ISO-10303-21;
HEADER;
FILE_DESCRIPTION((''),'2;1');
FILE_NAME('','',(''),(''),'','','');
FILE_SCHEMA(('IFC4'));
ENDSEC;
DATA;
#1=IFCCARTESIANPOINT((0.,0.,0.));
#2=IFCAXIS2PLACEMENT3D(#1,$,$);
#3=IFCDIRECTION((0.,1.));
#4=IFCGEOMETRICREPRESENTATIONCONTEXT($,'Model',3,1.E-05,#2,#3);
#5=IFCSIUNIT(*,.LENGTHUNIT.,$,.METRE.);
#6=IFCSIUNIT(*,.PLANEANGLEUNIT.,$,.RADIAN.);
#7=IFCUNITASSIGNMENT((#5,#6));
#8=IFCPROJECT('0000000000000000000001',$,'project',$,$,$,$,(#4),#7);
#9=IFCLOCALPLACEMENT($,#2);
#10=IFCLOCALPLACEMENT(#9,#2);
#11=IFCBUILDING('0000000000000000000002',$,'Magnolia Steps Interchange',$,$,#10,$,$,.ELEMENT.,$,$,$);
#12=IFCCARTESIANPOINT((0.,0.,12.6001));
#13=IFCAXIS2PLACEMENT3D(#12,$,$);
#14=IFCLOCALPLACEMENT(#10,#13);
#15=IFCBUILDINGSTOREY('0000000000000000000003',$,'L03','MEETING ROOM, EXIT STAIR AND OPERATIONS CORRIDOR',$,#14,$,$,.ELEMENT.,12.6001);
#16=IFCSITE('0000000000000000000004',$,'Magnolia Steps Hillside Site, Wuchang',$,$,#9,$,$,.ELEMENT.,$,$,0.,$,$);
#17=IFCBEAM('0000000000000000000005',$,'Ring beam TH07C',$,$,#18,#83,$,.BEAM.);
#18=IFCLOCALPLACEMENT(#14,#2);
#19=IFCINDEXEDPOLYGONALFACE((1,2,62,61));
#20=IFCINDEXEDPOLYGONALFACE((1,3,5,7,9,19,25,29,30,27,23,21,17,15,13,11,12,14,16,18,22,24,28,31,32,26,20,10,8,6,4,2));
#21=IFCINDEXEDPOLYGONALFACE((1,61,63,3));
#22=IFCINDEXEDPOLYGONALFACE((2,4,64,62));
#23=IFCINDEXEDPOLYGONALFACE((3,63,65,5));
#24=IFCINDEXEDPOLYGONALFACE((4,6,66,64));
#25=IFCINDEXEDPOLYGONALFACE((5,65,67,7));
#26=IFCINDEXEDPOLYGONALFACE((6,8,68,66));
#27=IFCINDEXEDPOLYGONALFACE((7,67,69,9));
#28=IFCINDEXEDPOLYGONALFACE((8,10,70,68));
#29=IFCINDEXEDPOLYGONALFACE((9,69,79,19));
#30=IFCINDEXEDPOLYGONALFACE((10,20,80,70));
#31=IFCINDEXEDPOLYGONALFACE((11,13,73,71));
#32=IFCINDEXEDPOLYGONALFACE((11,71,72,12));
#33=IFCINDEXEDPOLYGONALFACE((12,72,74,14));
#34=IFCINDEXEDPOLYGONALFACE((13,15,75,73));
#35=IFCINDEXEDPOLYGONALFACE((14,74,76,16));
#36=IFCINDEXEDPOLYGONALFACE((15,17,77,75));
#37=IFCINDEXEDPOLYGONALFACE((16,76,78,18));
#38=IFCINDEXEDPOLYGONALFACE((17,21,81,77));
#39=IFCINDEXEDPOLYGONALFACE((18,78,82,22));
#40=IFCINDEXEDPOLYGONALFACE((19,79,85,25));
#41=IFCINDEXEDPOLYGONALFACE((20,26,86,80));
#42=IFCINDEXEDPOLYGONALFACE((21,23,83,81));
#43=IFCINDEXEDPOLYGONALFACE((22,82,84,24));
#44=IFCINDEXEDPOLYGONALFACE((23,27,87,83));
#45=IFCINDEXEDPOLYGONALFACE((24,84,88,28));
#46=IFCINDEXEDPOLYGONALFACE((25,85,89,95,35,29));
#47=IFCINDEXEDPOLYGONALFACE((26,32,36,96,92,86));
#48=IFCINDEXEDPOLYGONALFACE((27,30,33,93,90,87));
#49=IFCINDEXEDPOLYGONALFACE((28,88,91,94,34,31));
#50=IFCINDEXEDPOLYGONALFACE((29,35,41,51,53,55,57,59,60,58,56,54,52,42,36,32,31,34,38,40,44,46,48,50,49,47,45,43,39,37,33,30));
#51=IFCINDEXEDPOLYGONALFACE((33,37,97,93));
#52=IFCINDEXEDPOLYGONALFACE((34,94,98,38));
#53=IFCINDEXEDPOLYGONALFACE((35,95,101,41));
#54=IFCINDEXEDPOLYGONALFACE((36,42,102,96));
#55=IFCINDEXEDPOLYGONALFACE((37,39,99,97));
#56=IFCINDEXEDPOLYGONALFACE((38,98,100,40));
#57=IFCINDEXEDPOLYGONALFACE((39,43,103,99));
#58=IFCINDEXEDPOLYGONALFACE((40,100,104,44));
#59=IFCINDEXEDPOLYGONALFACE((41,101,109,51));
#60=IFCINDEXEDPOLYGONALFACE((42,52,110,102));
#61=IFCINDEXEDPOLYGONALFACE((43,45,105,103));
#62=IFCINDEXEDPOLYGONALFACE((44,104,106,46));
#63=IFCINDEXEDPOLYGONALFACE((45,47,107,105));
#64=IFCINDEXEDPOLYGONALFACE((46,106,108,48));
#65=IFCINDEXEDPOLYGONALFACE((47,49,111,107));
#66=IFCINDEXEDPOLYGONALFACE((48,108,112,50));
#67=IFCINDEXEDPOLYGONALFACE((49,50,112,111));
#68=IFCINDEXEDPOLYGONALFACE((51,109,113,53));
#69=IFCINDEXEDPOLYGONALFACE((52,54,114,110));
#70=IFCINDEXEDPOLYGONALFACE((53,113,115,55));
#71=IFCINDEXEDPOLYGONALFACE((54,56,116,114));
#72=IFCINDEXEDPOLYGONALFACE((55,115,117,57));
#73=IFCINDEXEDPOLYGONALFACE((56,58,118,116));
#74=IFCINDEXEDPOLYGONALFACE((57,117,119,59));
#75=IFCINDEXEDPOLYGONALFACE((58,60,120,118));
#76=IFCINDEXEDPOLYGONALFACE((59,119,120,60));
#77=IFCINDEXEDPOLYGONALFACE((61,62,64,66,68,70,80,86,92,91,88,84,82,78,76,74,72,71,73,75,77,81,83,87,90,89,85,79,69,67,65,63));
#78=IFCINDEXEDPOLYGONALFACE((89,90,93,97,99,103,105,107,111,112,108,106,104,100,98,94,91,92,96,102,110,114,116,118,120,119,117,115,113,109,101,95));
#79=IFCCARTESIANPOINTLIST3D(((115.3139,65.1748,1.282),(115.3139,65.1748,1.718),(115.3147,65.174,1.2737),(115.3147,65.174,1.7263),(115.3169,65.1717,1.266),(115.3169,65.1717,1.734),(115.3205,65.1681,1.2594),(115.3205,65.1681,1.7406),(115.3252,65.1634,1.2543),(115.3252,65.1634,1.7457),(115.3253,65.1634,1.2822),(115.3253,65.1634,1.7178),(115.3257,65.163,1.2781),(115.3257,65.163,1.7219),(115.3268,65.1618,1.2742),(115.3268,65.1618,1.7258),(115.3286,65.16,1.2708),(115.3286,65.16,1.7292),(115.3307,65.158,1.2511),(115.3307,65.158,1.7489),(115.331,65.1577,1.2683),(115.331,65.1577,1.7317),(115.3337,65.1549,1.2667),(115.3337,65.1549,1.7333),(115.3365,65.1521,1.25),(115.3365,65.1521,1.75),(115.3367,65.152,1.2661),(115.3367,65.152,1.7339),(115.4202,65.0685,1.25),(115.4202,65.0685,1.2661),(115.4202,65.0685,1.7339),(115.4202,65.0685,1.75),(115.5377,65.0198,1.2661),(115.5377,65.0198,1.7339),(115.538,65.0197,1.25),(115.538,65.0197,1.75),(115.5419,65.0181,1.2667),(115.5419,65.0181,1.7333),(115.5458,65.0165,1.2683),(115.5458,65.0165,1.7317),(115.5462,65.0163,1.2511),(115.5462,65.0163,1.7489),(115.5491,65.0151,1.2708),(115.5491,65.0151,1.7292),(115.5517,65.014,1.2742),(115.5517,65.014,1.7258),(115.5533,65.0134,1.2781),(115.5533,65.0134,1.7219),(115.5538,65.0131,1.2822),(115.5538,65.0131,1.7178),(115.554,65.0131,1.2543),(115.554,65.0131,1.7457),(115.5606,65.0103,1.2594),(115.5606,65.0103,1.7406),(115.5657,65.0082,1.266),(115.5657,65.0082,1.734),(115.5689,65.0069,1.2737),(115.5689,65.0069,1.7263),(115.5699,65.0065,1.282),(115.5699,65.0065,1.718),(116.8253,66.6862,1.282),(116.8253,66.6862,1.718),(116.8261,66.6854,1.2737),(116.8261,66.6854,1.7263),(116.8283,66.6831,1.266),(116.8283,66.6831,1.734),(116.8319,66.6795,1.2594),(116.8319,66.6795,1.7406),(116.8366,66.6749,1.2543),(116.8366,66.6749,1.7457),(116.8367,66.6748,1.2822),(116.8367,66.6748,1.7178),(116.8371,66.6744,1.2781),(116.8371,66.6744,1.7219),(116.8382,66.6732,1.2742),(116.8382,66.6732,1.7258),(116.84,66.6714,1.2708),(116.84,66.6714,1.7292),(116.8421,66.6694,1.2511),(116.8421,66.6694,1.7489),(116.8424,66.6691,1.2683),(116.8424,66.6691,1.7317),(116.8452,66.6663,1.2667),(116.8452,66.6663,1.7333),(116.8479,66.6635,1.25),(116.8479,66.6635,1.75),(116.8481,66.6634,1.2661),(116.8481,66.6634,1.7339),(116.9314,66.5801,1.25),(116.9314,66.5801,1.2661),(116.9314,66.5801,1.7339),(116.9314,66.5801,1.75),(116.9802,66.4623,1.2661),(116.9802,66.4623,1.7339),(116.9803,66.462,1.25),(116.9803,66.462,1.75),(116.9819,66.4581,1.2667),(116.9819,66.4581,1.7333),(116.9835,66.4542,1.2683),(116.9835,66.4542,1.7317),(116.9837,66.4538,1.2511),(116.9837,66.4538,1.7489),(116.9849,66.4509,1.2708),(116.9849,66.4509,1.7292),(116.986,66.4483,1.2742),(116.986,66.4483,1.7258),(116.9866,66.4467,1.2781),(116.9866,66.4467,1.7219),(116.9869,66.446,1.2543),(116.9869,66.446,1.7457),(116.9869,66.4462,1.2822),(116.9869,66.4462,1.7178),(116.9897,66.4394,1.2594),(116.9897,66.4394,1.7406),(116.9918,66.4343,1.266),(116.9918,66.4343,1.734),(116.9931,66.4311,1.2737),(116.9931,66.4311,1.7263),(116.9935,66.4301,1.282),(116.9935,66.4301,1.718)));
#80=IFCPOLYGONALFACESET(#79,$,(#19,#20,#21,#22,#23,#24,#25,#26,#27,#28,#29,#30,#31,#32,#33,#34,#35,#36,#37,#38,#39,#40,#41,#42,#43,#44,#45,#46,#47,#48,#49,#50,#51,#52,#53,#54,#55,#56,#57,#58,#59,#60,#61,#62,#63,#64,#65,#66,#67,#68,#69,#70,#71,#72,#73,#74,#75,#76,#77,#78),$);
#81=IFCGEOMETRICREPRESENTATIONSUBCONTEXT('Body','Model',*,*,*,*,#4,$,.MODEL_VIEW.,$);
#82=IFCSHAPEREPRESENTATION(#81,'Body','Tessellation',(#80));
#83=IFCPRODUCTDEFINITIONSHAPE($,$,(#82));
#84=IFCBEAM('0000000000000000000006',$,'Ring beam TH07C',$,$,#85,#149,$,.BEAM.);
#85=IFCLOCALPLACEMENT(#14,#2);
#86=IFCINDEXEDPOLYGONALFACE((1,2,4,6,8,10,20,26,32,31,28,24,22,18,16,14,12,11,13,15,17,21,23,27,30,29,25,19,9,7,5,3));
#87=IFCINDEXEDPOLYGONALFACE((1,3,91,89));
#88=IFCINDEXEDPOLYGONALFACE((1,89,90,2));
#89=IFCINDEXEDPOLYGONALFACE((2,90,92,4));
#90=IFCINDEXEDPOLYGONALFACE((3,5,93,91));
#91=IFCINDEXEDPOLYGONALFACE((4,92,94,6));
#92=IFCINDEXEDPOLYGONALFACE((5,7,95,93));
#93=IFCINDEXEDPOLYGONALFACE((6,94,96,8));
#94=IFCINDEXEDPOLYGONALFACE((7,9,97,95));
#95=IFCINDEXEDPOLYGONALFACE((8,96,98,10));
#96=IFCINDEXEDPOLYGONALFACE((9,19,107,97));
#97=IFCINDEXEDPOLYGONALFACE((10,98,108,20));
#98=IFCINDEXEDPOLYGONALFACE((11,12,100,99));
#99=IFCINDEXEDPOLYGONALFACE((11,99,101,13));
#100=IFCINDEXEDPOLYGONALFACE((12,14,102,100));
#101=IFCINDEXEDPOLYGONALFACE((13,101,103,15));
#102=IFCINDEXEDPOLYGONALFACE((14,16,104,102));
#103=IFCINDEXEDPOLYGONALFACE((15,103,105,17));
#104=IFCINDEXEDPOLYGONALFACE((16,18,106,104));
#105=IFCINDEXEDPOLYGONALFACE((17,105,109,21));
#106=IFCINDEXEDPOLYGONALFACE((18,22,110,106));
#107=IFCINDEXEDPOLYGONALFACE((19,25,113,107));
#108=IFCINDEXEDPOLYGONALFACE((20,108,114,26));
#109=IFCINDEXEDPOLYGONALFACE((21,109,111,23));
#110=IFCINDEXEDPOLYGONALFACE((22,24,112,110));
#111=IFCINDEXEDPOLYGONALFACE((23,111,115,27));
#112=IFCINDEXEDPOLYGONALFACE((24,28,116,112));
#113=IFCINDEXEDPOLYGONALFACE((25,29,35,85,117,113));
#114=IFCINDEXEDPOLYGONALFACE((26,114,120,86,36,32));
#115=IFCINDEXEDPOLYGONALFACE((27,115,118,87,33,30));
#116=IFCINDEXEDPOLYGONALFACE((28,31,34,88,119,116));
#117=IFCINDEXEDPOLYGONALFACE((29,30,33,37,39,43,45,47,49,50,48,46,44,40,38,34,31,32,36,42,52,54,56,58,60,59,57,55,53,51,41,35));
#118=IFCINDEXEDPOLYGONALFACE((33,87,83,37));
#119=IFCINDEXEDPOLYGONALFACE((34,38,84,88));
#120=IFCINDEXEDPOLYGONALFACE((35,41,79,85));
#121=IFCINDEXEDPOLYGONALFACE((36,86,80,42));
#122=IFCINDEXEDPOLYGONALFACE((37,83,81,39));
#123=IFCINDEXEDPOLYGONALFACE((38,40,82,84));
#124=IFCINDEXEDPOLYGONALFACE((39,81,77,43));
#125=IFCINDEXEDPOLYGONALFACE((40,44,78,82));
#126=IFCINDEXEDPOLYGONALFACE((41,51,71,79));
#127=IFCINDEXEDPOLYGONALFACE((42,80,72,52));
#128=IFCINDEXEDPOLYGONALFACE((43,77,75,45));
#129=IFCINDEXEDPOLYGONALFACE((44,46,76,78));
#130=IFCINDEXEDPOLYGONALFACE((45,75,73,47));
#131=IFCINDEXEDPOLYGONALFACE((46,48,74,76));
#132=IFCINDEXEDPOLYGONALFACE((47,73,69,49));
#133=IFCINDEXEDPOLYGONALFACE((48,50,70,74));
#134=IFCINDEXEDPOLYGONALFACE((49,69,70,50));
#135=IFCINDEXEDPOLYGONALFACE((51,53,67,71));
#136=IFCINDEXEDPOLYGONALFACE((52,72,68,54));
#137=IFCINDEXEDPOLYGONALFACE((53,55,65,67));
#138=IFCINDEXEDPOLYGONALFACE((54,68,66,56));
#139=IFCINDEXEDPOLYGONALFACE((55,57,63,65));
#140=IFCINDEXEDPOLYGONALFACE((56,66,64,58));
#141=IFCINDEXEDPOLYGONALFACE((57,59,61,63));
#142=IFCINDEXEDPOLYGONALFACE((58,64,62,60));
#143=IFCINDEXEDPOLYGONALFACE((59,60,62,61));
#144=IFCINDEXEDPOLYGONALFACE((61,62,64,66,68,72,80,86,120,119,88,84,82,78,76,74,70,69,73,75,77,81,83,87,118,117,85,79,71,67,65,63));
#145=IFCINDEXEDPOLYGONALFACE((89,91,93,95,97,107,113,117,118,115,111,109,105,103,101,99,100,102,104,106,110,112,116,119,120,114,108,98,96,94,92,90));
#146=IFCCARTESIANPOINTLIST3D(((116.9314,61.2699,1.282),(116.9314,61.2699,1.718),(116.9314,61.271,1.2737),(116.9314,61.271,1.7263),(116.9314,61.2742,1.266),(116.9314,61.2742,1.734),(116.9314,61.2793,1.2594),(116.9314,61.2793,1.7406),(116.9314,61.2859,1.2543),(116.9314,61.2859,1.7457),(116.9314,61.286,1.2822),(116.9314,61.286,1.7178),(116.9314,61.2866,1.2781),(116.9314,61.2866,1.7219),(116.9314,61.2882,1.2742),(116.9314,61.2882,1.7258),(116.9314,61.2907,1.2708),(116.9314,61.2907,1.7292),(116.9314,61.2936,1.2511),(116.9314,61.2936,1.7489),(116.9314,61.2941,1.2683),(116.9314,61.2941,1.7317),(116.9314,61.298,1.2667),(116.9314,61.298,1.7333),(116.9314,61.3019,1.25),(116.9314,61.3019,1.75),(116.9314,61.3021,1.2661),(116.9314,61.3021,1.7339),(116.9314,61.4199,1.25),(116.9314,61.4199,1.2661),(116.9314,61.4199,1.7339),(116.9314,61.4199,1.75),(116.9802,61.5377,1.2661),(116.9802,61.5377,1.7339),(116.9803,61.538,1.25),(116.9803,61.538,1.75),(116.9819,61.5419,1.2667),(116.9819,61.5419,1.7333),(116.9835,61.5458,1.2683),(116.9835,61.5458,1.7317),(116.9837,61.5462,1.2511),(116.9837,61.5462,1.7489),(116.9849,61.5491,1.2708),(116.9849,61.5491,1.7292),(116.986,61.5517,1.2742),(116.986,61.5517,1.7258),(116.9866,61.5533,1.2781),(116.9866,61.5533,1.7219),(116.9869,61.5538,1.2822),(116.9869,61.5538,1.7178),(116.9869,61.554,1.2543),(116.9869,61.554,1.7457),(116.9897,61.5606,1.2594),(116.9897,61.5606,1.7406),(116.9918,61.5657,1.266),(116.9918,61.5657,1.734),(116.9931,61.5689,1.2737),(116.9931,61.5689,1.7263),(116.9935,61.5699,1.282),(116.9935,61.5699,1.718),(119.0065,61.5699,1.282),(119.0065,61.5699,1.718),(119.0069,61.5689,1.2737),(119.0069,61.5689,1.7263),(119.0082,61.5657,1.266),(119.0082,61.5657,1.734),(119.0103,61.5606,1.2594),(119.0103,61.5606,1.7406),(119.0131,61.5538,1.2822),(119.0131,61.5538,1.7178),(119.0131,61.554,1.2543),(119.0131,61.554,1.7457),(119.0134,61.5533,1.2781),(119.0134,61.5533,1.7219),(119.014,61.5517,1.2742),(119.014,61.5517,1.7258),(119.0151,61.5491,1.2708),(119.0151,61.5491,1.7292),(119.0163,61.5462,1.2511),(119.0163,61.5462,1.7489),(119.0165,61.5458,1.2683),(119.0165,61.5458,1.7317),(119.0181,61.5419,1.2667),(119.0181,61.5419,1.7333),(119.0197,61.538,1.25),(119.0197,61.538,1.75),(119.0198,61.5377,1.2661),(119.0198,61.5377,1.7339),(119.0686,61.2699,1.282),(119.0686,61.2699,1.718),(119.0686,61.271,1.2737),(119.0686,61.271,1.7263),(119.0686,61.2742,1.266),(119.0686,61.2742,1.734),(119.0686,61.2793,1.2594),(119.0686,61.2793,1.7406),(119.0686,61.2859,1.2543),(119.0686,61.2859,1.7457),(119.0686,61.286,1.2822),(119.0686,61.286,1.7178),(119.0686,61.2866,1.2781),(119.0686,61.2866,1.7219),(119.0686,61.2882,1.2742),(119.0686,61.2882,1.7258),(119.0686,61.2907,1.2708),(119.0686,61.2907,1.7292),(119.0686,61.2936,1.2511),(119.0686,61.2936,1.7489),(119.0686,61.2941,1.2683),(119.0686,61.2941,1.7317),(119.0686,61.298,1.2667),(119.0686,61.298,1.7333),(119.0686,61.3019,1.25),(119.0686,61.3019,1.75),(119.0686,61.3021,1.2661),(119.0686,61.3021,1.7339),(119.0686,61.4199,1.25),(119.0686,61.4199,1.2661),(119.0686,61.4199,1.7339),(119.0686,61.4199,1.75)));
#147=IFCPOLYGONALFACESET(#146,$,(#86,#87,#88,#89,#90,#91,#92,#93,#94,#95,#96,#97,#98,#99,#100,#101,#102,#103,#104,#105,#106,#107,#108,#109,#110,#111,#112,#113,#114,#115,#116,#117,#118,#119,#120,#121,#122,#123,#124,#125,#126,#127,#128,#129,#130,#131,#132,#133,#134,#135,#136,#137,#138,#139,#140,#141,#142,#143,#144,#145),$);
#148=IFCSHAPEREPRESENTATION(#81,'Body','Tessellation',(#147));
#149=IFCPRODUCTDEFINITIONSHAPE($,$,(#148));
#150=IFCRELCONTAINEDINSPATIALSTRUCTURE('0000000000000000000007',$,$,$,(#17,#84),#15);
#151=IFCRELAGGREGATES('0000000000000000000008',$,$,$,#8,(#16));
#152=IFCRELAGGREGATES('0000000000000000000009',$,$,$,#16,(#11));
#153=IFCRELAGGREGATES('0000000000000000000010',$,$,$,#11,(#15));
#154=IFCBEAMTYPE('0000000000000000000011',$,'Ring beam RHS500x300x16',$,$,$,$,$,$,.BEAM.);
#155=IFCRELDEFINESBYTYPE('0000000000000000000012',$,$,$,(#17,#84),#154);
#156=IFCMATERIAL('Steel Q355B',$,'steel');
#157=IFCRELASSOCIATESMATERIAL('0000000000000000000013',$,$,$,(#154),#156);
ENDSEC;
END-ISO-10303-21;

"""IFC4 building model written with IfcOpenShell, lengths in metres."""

from ifc_helpers import new_model, si_unit, direction, frame, origin, origin_2d, place, context, subcontext, project, spatial, hollow_rectangle, extrude, clip, halfspace, material, material_profile, profile_set, type_object, element, save


model = new_model("IFC4")

# Units and contexts
model_context = context("Model", 3, precision=1e-05, world=origin(), true_north=direction((0.0, 1.0)))
body_context = subcontext(model_context, "Body", "Model", "MODEL_VIEW")
ifc_project = project(units=[si_unit("LENGTHUNIT", "METRE"), si_unit("PLANEANGLEUNIT", "RADIAN")], contexts=[model_context])

# Site, building, storey
site_placement = place(None, origin())
site = spatial("IfcSite", under=ifc_project, at=site_placement, Name="Magnolia Steps Hillside Site, Wuchang", CompositionType="ELEMENT", RefElevation=0.0)
building_placement = place(site_placement, origin())
building = spatial("IfcBuilding", under=site, at=building_placement, Name="Magnolia Steps Interchange", CompositionType="ELEMENT")
storey_placement = place(building_placement, frame((0.0, 0.0, 12.6001)))
storey = spatial("IfcBuildingStorey", under=building, at=storey_placement, Name="L03", Description="MEETING ROOM, EXIT STAIR AND OPERATIONS CORRIDOR", CompositionType="ELEMENT", Elevation=12.6001)

# Beams
ifc_material_1 = material(Name="Steel Q355B", Category="steel")
ifc_material_profile_1 = material_profile(ifc_material_1, hollow_rectangle(XDim=0.3, YDim=0.5, WallThickness=0.0161, InnerFilletRadius=0.0161, OuterFilletRadius=0.032, at=origin_2d()), Name="RHS500x300x16")
ifc_profile_set_1 = profile_set([ifc_material_profile_1], Name="Steel Q355B")
beam_type_1 = type_object("IfcBeamType", Name="Ring beam RHS500x300x16", PredefinedType="BEAM", material=ifc_profile_set_1)
beam_1_placement = place(storey_placement, frame((116.9314, 66.5801, 1.5), z_axis=(-0.707107, -0.707107, 0.0), x_axis=(0.707107, -0.707107, 0.0)))
element("IfcBeam", 1, at=beam_1_placement, inside=storey, type_object=beam_type_1, Name="Ring beam TH07C", PredefinedType="BEAM", context=body_context, shape_type="Clipping", body=[
    clip(clip(extrude(hollow_rectangle(XDim=0.3, YDim=0.5, WallThickness=0.0161, InnerFilletRadius=0.0161, OuterFilletRadius=0.032, at=origin_2d()), origin(), (0.0, 0.0, 1.0), 2.1375), halfspace(frame((0.0, 0.0, 0.0), z_axis=(0.382683, 0.0, -0.92388), x_axis=(0.92388, 0.0, 0.382683)), False)), halfspace(frame((0.0, 0.0, 2.1375), z_axis=(0.382683, 0.0, 0.92388), x_axis=(0.92388, 0.0, -0.382683)), False)),
])
beam_2_placement = place(storey_placement, frame((116.9314, 61.4199, 1.5), z_axis=(1.0, 0.0, 0.0), x_axis=(0.0, 1.0, 0.0)))
element("IfcBeam", 2, at=beam_2_placement, inside=storey, type_object=beam_type_1, Name="Ring beam TH07C", PredefinedType="BEAM", context=body_context, shape_type="Clipping", body=[
    clip(clip(extrude(hollow_rectangle(XDim=0.3, YDim=0.5, WallThickness=0.0161, InnerFilletRadius=0.0161, OuterFilletRadius=0.032, at=origin_2d()), origin(), (0.0, 0.0, 1.0), 2.1372), halfspace(frame((0.0, 0.0, 0.0), z_axis=(0.382683, 0.0, -0.92388), x_axis=(0.92388, 0.0, 0.382683)), False)), halfspace(frame((0.0, 0.0, 2.1372), z_axis=(0.382683, 0.0, 0.92388), x_axis=(0.92388, 0.0, -0.382683)), False)),
])

save(model, "model.ifc")
